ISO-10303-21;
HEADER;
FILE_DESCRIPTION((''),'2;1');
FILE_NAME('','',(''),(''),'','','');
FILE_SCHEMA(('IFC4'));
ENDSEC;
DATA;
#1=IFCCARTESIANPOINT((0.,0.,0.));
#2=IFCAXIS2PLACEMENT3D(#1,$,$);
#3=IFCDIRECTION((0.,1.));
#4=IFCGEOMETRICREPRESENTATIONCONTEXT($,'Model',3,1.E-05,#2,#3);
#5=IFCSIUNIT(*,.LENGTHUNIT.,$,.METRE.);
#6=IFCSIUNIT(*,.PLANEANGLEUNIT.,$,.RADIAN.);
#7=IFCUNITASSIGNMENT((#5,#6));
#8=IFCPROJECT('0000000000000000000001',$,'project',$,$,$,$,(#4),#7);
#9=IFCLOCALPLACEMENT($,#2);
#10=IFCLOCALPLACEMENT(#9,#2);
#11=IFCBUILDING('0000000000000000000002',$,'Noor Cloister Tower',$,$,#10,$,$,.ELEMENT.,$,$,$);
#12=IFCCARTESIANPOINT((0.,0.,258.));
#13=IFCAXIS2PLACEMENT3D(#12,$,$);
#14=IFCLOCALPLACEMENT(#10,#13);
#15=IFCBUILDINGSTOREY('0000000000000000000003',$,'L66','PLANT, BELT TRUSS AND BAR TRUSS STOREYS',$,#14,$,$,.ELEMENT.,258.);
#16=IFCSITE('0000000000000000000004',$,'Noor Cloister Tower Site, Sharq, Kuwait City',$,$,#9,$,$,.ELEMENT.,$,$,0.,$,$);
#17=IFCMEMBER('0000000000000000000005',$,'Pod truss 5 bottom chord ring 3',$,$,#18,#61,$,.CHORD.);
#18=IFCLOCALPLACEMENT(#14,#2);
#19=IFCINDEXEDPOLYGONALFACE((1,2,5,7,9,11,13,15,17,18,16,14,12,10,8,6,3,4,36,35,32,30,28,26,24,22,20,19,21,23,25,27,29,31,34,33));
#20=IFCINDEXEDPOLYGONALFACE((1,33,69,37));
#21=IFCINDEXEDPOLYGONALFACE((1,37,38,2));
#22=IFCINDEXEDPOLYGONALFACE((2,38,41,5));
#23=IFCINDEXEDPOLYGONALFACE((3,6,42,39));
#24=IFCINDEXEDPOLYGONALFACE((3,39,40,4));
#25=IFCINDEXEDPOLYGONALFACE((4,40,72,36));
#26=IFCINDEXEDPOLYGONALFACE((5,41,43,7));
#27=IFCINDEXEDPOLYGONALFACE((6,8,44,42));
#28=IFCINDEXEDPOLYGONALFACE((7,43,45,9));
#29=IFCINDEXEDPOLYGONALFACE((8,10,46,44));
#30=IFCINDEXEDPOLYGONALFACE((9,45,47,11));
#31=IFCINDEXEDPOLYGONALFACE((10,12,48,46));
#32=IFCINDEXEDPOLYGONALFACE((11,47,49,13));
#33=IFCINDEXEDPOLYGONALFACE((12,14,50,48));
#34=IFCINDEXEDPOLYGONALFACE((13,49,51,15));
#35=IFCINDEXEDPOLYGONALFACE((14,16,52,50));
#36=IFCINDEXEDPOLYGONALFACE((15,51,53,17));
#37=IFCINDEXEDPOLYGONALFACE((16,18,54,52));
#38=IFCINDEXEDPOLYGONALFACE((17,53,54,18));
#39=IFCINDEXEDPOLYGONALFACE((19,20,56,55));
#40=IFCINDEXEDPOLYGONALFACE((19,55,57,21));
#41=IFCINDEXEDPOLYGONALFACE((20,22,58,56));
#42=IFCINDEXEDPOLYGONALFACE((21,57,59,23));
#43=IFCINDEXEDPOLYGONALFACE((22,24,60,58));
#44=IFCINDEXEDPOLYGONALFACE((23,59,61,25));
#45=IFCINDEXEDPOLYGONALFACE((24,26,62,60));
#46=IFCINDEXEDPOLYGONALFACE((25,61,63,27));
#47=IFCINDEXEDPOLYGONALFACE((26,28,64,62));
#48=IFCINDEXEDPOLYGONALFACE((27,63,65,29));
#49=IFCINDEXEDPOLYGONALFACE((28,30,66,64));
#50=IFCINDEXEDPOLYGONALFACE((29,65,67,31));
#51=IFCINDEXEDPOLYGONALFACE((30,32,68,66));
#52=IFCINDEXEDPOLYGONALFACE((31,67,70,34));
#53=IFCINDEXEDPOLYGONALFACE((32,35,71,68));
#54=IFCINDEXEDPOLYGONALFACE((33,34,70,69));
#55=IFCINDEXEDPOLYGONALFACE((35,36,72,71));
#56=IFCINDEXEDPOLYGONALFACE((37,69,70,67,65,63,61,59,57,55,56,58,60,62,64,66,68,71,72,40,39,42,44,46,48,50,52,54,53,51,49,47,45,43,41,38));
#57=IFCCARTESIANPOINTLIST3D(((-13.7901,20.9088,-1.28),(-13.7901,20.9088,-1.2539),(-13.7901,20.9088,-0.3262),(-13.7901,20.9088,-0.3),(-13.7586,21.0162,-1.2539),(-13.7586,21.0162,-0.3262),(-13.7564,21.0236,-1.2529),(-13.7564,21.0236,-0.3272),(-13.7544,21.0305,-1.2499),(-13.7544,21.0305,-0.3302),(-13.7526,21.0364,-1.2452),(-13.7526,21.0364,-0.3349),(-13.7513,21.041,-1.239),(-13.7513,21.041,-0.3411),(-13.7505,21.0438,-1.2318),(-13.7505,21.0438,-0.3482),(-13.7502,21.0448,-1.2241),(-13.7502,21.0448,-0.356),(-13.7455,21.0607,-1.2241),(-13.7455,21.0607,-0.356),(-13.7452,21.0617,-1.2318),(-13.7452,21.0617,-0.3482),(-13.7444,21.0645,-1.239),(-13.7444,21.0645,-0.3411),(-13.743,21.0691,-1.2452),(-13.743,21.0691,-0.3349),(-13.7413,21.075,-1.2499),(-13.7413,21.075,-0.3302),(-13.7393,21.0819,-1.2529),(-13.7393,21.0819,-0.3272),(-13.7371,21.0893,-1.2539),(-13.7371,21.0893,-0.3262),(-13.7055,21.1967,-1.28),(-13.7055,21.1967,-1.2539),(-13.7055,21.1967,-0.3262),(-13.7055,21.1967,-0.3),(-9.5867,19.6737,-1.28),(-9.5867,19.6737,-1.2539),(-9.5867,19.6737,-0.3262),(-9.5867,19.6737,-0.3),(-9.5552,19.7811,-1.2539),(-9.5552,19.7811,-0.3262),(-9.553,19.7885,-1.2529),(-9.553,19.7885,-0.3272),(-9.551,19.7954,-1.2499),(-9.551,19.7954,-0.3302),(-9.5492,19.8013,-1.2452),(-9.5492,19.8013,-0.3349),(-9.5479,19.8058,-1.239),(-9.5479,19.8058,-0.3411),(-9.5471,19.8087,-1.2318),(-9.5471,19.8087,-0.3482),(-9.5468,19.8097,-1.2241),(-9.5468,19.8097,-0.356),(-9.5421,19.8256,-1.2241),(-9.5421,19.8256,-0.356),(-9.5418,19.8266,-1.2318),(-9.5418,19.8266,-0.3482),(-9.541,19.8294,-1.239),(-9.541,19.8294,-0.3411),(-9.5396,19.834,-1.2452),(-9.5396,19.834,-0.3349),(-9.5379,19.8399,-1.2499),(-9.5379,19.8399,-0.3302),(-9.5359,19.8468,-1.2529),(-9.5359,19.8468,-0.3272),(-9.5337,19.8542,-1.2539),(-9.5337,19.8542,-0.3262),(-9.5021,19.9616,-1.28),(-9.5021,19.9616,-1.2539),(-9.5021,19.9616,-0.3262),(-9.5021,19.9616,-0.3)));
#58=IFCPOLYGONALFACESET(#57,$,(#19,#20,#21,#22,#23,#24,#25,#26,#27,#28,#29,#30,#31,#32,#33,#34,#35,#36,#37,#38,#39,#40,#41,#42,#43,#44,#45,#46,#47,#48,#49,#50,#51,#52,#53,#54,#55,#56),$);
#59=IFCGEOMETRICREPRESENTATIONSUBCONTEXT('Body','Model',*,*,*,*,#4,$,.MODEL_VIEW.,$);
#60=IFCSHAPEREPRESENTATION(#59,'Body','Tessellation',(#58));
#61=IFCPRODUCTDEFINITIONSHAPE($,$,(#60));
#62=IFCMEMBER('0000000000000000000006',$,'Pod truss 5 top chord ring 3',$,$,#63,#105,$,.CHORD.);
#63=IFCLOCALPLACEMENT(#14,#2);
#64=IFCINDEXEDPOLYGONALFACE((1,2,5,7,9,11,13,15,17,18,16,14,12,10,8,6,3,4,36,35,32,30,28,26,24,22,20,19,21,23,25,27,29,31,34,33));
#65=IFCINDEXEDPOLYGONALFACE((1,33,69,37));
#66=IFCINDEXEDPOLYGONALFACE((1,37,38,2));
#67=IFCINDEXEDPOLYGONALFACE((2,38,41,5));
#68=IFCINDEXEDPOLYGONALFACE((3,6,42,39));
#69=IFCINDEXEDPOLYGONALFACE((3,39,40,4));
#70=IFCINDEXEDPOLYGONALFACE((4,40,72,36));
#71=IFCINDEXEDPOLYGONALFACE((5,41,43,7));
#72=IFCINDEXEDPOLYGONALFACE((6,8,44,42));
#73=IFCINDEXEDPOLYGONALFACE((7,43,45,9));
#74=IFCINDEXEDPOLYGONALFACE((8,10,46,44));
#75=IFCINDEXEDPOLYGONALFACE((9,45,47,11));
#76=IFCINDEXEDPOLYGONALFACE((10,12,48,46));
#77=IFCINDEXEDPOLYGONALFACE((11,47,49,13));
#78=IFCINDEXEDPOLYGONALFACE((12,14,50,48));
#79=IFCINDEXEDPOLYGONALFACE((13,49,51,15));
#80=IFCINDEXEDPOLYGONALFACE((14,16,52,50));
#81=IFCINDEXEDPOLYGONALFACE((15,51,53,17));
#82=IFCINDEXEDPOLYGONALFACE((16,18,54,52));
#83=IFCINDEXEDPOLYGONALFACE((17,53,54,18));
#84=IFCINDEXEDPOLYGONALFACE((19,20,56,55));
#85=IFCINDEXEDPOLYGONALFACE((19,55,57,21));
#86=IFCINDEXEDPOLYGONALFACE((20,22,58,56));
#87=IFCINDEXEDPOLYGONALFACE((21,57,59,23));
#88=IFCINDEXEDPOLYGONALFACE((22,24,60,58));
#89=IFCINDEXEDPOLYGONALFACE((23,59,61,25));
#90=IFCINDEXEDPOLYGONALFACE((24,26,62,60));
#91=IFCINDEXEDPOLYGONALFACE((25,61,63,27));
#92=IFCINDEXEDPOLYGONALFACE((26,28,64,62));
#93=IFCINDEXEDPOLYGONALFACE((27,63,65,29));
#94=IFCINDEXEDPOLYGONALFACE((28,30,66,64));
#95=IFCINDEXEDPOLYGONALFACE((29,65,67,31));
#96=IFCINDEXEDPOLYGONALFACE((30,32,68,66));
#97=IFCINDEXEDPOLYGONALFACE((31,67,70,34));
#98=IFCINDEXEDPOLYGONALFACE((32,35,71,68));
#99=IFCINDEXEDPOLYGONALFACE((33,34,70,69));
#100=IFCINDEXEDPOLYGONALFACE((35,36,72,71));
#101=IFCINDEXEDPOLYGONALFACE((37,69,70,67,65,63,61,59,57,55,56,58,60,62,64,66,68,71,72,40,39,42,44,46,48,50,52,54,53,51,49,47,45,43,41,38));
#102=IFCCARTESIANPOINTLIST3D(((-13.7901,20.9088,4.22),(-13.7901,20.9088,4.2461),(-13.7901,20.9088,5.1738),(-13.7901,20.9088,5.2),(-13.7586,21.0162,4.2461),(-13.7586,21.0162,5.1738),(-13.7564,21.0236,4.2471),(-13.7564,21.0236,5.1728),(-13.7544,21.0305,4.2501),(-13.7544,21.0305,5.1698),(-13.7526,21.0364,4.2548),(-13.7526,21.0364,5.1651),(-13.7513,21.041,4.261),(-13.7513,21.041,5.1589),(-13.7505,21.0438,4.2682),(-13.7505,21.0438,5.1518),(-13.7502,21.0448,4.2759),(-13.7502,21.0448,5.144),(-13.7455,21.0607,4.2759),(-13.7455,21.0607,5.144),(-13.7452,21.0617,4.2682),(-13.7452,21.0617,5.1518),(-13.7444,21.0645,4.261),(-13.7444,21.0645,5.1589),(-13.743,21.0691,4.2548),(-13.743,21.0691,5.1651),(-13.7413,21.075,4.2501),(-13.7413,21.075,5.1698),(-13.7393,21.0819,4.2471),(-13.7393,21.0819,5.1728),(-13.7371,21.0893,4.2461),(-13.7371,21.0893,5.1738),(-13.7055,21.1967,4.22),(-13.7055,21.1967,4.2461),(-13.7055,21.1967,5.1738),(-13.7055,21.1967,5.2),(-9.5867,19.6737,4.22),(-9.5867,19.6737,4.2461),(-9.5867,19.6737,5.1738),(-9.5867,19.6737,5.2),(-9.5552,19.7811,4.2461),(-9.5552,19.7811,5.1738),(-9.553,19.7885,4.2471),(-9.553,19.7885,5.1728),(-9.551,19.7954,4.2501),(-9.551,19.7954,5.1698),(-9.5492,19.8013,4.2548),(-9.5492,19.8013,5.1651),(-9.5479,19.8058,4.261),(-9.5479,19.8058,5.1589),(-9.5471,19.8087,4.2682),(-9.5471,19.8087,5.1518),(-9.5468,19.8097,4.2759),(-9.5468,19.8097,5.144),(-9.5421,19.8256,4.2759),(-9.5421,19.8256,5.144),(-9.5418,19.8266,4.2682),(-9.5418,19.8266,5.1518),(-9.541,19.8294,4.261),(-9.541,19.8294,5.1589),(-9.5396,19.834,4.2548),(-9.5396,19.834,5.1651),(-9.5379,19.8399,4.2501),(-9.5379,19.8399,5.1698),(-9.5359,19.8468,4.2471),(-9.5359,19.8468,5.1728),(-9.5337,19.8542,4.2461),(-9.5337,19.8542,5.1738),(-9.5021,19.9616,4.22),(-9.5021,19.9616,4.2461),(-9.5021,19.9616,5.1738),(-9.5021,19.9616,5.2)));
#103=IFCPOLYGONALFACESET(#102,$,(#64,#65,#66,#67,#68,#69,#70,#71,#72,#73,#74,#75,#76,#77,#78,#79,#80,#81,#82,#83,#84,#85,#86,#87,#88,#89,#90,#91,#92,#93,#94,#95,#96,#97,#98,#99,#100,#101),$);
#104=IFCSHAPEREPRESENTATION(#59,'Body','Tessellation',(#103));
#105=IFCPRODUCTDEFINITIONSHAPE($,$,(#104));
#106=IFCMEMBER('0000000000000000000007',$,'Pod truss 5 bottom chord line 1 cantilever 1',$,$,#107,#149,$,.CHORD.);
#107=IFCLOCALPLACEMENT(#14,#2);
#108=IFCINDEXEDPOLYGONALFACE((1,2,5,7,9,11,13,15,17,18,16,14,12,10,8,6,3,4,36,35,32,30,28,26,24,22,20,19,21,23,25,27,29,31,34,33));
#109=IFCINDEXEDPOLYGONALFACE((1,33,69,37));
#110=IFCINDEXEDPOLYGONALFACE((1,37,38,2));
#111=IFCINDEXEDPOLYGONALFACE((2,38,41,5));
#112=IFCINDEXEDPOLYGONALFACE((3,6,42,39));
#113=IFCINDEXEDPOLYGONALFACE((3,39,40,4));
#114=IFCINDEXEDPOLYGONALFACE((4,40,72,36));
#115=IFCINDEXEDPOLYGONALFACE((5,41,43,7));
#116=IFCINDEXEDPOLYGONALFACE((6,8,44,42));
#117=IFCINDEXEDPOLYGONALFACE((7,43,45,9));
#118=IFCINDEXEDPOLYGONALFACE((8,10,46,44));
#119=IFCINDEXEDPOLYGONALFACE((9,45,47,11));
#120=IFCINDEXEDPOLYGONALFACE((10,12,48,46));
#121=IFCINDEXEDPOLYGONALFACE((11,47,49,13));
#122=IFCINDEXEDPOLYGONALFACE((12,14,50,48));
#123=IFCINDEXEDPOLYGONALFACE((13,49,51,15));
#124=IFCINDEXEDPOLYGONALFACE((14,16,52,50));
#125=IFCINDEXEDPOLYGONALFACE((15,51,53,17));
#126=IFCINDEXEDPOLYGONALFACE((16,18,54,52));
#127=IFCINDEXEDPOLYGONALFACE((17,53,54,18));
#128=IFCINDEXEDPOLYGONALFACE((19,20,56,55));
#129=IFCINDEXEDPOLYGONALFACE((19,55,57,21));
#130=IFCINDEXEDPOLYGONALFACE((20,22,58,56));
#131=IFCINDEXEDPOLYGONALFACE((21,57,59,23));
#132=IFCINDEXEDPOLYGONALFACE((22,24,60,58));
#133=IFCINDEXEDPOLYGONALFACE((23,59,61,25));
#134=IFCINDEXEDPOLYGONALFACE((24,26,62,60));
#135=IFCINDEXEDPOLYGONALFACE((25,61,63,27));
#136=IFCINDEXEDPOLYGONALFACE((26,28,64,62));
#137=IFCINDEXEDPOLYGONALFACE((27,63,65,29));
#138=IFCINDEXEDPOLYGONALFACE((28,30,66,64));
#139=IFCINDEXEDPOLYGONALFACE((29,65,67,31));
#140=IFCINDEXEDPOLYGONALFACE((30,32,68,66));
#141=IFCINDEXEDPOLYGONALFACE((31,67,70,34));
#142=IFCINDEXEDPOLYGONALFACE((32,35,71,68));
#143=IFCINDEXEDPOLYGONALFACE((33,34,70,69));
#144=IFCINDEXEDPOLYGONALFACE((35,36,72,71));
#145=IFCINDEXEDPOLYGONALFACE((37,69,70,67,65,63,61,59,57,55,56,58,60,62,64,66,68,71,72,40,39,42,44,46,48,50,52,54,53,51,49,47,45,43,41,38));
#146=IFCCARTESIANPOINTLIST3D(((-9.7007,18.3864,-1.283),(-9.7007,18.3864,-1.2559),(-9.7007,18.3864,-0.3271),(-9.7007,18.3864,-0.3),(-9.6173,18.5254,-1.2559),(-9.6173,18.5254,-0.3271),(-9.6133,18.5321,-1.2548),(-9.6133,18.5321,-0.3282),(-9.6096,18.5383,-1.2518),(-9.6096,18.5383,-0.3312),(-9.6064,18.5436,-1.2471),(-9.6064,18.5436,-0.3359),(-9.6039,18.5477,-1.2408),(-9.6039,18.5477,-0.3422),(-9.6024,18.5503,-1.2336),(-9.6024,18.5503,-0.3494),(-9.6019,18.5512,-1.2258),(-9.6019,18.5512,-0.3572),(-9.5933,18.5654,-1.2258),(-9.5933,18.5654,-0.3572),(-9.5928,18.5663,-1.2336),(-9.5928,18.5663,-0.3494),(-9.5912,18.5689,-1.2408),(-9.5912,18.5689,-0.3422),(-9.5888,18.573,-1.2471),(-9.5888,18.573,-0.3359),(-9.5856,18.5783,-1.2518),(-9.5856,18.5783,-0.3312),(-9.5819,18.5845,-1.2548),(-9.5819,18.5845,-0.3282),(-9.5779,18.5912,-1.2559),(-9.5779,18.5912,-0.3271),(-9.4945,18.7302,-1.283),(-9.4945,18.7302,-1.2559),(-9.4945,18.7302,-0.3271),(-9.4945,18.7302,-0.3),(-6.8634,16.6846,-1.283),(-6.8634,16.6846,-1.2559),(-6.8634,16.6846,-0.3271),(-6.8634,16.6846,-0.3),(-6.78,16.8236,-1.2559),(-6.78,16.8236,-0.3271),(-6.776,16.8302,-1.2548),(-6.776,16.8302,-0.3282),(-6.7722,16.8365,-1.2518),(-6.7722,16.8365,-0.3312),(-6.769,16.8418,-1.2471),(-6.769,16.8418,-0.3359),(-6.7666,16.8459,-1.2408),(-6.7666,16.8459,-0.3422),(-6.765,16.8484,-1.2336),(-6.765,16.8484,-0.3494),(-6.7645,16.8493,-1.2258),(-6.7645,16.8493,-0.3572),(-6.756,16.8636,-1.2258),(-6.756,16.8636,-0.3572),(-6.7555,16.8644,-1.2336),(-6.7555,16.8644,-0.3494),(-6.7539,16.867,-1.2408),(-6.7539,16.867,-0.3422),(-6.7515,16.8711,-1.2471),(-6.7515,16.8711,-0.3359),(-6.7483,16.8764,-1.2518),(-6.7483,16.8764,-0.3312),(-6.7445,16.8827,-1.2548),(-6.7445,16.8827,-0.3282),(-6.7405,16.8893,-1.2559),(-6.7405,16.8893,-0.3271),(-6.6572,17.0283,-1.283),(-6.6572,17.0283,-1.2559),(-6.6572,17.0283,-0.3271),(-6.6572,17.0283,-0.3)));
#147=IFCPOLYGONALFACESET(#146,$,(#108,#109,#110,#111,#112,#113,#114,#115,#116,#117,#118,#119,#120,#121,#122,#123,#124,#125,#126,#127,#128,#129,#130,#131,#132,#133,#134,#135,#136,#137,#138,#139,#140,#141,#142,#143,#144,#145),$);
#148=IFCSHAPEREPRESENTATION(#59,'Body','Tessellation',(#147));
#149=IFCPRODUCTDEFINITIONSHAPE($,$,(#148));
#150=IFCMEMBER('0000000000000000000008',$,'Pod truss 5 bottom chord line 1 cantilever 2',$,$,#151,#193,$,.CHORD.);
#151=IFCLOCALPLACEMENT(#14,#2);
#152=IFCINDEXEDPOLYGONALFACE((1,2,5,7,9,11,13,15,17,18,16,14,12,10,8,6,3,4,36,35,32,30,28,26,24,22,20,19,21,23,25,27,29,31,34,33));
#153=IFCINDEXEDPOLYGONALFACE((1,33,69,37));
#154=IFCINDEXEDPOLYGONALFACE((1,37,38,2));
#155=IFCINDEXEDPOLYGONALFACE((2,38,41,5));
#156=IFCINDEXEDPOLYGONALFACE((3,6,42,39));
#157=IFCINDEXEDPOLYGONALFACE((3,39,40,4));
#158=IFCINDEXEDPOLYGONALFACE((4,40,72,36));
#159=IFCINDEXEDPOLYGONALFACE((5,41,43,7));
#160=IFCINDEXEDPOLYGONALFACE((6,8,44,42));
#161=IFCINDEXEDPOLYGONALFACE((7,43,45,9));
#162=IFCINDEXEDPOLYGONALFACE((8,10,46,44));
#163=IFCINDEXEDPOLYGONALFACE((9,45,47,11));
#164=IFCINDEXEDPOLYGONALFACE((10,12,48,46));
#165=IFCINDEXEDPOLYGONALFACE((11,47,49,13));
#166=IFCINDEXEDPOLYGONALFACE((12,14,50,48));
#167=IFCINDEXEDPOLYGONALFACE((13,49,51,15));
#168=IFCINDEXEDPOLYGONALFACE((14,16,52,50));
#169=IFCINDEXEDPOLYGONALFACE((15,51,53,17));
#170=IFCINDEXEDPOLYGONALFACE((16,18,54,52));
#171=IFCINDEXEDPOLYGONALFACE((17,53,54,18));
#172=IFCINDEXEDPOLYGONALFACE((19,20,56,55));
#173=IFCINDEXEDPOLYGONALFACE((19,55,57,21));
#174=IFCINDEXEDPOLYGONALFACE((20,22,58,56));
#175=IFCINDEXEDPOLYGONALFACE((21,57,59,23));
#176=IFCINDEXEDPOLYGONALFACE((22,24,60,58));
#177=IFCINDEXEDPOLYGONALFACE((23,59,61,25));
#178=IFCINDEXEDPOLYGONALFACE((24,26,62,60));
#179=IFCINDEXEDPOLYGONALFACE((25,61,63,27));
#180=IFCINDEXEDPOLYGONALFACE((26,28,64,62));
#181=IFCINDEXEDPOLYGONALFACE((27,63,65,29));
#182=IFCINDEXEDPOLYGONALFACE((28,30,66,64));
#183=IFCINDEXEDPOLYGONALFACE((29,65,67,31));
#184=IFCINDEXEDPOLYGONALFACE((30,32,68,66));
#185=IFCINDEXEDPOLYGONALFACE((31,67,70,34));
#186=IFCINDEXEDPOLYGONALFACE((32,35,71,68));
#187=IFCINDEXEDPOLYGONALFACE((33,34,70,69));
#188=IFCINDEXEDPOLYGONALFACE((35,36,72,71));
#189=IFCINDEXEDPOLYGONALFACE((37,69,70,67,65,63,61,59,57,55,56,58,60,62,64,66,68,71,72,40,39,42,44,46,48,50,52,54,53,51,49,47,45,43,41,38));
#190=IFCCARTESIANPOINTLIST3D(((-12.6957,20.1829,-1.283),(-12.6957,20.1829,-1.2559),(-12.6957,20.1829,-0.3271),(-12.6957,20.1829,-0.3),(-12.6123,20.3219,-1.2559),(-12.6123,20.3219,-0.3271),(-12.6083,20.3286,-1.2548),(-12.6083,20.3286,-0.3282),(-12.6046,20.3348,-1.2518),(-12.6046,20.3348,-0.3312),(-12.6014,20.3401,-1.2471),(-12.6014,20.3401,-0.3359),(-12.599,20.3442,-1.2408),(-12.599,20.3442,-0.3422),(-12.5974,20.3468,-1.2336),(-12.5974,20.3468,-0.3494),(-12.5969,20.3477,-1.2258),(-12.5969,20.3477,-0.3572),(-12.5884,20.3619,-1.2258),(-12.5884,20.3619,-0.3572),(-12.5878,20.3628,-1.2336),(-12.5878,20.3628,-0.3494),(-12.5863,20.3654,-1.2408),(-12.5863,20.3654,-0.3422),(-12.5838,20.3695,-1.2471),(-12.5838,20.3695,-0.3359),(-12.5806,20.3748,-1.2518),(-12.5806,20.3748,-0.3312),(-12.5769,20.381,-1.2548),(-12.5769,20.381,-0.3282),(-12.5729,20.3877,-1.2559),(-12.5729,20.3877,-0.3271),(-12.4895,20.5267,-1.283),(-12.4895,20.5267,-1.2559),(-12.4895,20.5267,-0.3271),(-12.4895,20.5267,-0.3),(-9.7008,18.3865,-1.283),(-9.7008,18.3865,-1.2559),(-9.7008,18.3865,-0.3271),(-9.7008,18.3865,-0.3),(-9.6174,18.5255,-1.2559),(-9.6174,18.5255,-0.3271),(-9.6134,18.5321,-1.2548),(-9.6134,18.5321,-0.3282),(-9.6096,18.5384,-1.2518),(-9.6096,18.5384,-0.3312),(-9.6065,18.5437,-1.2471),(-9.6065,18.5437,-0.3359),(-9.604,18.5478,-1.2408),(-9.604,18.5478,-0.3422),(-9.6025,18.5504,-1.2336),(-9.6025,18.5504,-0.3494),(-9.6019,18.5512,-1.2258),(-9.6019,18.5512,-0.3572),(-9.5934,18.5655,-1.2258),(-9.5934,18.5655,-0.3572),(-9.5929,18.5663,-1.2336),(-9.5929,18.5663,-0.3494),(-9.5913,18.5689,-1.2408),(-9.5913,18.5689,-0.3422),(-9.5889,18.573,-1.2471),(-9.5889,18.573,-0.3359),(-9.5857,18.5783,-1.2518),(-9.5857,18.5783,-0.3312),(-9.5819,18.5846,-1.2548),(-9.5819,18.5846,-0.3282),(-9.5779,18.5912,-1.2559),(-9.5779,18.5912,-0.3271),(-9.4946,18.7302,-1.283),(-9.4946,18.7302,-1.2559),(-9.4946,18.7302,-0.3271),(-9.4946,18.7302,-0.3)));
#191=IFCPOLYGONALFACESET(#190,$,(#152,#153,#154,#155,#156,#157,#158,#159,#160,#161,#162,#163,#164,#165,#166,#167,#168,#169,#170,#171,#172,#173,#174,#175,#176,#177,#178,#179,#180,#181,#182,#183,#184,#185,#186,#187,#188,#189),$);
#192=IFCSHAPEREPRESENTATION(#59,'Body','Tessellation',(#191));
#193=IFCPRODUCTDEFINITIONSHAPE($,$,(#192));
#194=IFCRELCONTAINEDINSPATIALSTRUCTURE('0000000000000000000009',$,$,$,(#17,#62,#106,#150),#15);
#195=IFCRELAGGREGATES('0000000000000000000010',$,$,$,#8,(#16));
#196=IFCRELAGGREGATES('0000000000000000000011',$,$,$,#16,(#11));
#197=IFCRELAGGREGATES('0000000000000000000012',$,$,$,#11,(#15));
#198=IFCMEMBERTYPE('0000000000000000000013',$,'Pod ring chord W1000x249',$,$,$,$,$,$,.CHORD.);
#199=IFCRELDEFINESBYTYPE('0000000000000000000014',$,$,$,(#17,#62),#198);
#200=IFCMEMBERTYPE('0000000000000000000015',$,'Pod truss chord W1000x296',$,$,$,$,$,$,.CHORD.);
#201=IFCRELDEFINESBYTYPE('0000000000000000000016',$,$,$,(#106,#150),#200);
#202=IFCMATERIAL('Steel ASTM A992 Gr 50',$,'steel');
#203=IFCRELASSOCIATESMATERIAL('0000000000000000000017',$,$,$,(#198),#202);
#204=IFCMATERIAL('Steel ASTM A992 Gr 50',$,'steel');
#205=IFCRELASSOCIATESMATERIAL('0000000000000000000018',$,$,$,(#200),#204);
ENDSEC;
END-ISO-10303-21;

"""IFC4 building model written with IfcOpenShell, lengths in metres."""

from ifc_helpers import new_model, si_unit, direction, frame, origin, origin_2d, place, context, subcontext, project, spatial, i_section, extrude, material, material_profile, profile_set, type_object, element, save


model = new_model("IFC4")

# Units and contexts
model_context = context("Model", 3, precision=1e-05, world=origin(), true_north=direction((0.0, 1.0)))
body_context = subcontext(model_context, "Body", "Model", "MODEL_VIEW")
ifc_project = project(units=[si_unit("LENGTHUNIT", "METRE"), si_unit("PLANEANGLEUNIT", "RADIAN")], contexts=[model_context])

# Site, building, storey
site_placement = place(None, origin())
site = spatial("IfcSite", under=ifc_project, at=site_placement, Name="Noor Cloister Tower Site, Sharq, Kuwait City", CompositionType="ELEMENT", RefElevation=0.0)
building_placement = place(site_placement, origin())
building = spatial("IfcBuilding", under=site, at=building_placement, Name="Noor Cloister Tower", CompositionType="ELEMENT")
storey_placement = place(building_placement, frame((0.0, 0.0, 258.0)))
storey = spatial("IfcBuildingStorey", under=building, at=storey_placement, Name="L66", Description="PLANT, BELT TRUSS AND BAR TRUSS STOREYS", CompositionType="ELEMENT", Elevation=258.0)

# Members
ifc_material_1 = material(Name="Steel ASTM A992 Gr 50", Category="steel")
ifc_material_profile_1 = material_profile(ifc_material_1, i_section(OverallWidth=0.3, OverallDepth=0.98, WebThickness=0.0166, FlangeThickness=0.0261, FilletRadius=0.0298, at=origin_2d()), Name="W1000x249")
ifc_profile_set_1 = profile_set([ifc_material_profile_1], Name="Steel ASTM A992 Gr 50")
member_type_1 = type_object("IfcMemberType", Name="Pod ring chord W1000x249", PredefinedType="CHORD", material=ifc_profile_set_1)
for number, where, z_axis, x_axis, name in (
    (1, (-9.5444, 19.8176, -0.79), (-0.959438, 0.281919, 0.0), (-0.281919, -0.959438, 0.0), "Pod truss 5 bottom chord ring 3"),
    (2, (-9.5444, 19.8176, 4.71), (-0.959438, 0.281919, 0.0), (-0.281919, -0.959438, 0.0), "Pod truss 5 top chord ring 3"),
):
    element("IfcMember", number, at=place(storey_placement, frame(where, z_axis=z_axis, x_axis=x_axis)), inside=storey, type_object=member_type_1, Name=name, PredefinedType="CHORD", context=body_context, shape_type="SweptSolid", body=[
        extrude(i_section(OverallWidth=0.3, OverallDepth=0.98, WebThickness=0.0166, FlangeThickness=0.0261, FilletRadius=0.0298, at=origin_2d()), origin(), (0.0, 0.0, 1.0), 4.3811),
    ])
ifc_material_2 = material(Name="Steel ASTM A992 Gr 50", Category="steel")
ifc_material_profile_2 = material_profile(ifc_material_2, i_section(OverallWidth=0.4009, OverallDepth=0.9829, WebThickness=0.0166, FlangeThickness=0.0271, FilletRadius=0.03, at=origin_2d()), Name="W1000x296")
ifc_profile_set_2 = profile_set([ifc_material_profile_2], Name="Steel ASTM A992 Gr 50")
member_type_2 = type_object("IfcMemberType", Name="Pod truss chord W1000x296", PredefinedType="CHORD", material=ifc_profile_set_2)
member_1_placement = place(storey_placement, frame((-6.7603, 16.8564, -0.7915), z_axis=(-0.857565, 0.514376, 0.0), x_axis=(-0.514376, -0.857565, 0.0)))
element("IfcMember", 3, at=member_1_placement, inside=storey, type_object=member_type_2, Name="Pod truss 5 bottom chord line 1 cantilever 1", PredefinedType="CHORD", context=body_context, shape_type="SweptSolid", body=[
    extrude(i_section(OverallWidth=0.4009, OverallDepth=0.9829, WebThickness=0.0166, FlangeThickness=0.0271, FilletRadius=0.03, at=origin_2d()), origin(), (0.0, 0.0, 1.0), 3.3086),
])
for number, where, z_axis, x_axis, name in (
    (4, (-9.5977, 18.5583, -0.7915), (-0.857561, 0.514383, 0.0), (-0.514383, -0.857561, 0.0), "Pod truss 5 bottom chord line 1 cantilever 2"),
):
    element("IfcMember", number, at=place(storey_placement, frame(where, z_axis=z_axis, x_axis=x_axis)), inside=storey, type_object=member_type_2, Name=name, PredefinedType="CHORD", context=body_context, shape_type="SweptSolid", body=[
        extrude(i_section(OverallWidth=0.4009, OverallDepth=0.9829, WebThickness=0.0166, FlangeThickness=0.0271, FilletRadius=0.03, at=origin_2d()), origin(), (0.0, 0.0, 1.0), 3.4924),
    ])

save(model, "model.ifc")
